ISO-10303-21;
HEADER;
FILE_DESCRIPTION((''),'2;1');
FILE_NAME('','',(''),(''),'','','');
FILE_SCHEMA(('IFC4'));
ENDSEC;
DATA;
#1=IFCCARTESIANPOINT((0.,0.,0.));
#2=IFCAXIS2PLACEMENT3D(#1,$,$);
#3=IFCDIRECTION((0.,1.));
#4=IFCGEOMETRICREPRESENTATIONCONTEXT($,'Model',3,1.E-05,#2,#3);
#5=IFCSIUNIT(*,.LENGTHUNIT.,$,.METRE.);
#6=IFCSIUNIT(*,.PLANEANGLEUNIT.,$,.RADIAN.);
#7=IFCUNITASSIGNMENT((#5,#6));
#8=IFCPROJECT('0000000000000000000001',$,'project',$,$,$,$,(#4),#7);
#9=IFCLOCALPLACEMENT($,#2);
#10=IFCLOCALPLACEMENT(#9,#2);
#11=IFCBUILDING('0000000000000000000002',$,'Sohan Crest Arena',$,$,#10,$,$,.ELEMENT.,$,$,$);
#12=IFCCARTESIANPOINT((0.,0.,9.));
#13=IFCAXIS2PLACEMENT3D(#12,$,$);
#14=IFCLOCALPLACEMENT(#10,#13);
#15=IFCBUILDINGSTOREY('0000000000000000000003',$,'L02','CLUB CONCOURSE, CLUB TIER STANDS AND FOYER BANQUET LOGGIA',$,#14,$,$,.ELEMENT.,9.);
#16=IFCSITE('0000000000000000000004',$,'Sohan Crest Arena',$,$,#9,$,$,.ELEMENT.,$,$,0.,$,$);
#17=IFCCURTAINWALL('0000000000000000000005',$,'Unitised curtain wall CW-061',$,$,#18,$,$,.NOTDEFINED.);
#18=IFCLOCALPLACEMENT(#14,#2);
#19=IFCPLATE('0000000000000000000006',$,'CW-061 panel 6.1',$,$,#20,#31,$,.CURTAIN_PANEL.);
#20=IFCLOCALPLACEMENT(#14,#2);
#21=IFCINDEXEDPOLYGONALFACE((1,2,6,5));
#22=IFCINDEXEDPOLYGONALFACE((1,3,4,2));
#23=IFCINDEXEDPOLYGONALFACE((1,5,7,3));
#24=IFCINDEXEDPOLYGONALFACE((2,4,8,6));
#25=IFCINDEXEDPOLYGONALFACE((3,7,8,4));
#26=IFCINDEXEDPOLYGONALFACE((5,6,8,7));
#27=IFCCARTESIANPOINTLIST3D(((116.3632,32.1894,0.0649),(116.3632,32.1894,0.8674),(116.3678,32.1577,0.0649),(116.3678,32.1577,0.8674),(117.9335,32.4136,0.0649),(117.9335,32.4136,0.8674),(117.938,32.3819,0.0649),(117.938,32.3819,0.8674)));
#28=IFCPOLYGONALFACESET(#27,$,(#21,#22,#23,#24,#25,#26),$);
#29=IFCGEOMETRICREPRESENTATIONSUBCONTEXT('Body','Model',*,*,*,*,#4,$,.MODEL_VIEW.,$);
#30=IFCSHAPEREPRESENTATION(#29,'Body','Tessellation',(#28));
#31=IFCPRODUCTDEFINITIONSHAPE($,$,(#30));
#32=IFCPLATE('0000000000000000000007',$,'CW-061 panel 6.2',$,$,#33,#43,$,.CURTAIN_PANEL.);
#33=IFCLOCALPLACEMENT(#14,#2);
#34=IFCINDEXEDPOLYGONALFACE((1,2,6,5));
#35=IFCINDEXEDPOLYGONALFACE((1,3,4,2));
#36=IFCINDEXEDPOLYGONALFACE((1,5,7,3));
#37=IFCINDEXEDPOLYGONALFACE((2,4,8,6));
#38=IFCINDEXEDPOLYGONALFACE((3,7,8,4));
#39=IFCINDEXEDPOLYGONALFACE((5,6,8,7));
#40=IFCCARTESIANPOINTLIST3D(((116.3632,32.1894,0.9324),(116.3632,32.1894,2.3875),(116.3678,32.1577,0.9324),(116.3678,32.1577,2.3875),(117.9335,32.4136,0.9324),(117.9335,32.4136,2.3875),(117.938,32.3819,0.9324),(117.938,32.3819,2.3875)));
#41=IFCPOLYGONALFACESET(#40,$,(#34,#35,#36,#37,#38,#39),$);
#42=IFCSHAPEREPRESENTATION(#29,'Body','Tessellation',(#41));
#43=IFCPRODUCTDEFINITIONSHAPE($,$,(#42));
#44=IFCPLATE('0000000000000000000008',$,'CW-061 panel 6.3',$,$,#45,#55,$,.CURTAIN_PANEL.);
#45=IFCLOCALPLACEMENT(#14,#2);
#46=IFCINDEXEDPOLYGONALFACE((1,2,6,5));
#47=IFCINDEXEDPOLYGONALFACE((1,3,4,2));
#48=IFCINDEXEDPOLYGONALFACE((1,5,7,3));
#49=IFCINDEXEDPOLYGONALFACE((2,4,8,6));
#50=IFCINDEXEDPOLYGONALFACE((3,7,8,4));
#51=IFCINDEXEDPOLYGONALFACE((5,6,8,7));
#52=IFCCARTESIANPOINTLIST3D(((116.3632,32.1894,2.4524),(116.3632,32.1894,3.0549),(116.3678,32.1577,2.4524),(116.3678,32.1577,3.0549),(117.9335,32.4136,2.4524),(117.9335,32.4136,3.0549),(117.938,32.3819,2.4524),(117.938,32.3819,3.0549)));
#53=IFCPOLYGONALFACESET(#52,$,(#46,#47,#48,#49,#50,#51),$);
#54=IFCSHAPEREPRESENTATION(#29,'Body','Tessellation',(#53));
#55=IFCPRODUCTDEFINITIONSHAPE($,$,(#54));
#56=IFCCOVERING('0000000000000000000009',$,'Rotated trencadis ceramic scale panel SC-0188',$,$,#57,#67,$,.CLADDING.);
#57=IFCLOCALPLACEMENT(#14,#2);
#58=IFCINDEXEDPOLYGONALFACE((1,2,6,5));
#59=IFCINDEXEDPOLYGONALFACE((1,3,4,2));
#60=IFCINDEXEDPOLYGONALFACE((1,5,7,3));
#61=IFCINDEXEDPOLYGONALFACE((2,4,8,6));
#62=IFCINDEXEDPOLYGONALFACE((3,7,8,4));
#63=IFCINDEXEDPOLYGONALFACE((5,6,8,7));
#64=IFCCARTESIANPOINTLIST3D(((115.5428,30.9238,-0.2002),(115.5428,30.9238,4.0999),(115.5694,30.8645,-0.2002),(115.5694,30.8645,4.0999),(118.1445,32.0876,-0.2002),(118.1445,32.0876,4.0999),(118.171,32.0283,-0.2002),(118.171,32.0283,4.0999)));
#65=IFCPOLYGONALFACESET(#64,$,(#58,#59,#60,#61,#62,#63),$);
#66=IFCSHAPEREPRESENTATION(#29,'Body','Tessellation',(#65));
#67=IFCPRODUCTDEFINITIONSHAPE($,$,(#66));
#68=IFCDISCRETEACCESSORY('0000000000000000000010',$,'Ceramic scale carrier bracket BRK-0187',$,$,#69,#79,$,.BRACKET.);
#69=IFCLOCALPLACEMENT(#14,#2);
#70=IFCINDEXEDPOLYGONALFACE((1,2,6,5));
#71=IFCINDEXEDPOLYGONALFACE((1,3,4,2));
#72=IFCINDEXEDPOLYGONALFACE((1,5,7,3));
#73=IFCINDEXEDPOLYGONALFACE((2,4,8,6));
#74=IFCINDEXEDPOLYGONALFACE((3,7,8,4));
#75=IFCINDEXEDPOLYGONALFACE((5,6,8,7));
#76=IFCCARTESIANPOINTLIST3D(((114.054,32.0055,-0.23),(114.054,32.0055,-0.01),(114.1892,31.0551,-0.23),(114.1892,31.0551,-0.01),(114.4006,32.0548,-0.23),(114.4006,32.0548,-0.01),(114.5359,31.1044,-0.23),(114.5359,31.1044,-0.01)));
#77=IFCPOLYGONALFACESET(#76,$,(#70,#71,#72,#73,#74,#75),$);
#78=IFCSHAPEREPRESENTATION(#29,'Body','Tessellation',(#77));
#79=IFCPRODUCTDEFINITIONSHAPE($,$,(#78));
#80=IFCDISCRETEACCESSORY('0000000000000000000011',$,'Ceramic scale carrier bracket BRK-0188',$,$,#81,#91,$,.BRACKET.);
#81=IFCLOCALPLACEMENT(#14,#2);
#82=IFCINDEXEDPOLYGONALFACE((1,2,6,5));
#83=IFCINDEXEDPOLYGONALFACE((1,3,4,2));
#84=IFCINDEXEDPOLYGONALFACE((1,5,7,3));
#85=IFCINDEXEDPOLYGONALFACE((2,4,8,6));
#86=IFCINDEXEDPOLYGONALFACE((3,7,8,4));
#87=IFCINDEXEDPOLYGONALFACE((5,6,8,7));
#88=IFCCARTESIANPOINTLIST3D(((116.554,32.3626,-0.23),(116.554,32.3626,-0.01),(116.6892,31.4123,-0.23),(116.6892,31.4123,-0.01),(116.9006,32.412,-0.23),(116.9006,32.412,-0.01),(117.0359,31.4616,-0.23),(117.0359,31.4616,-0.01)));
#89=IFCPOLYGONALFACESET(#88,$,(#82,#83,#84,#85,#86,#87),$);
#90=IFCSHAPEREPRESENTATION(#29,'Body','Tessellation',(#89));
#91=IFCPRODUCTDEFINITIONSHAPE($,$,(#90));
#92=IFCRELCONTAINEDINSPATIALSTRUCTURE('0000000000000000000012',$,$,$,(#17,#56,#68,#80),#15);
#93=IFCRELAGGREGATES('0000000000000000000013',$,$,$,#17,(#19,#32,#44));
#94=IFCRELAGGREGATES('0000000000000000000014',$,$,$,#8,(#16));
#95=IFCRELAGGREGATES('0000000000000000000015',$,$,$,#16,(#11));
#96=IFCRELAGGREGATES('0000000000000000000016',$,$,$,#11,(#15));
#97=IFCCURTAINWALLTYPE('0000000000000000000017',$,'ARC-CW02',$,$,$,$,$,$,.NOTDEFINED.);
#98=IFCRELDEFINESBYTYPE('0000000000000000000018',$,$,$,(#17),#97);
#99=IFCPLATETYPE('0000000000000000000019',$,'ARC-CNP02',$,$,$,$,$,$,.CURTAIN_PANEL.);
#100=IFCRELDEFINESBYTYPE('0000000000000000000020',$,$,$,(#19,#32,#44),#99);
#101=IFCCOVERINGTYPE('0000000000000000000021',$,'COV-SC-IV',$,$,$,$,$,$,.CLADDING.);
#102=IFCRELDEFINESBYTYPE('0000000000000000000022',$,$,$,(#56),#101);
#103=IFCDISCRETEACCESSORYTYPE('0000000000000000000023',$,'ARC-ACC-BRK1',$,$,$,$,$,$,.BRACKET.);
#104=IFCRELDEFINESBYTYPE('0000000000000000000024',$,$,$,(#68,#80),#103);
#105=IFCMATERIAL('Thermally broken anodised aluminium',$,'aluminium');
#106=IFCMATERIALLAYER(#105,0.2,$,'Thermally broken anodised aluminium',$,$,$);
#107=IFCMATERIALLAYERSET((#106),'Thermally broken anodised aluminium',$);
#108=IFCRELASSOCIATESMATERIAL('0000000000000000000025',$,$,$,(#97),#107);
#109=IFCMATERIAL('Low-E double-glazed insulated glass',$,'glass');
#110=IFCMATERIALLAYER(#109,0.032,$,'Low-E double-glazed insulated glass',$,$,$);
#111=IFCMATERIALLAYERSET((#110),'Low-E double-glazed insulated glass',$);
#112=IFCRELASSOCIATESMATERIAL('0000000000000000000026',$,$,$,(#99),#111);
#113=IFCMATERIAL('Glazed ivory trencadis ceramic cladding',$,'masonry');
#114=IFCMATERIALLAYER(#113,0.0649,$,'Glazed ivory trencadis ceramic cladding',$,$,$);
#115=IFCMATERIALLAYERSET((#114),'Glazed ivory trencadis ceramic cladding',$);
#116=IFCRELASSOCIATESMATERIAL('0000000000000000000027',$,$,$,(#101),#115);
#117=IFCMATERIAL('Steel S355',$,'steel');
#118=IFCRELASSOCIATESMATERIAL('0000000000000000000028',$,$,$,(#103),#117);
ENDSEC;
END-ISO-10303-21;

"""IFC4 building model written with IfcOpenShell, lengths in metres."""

from ifc_helpers import new_model, si_unit, direction, frame, origin, origin_2d, place, context, subcontext, project, spatial, rectangle, extrude, material, layer, layer_set, type_object, element, aggregate, save


model = new_model("IFC4")

# Units and contexts
model_context = context("Model", 3, precision=1e-05, world=origin(), true_north=direction((0.0, 1.0)))
body_context = subcontext(model_context, "Body", "Model", "MODEL_VIEW")
ifc_project = project(units=[si_unit("LENGTHUNIT", "METRE"), si_unit("PLANEANGLEUNIT", "RADIAN")], contexts=[model_context])

# Site, building, storey
site_placement = place(None, origin())
site = spatial("IfcSite", under=ifc_project, at=site_placement, Name="Sohan Crest Arena", CompositionType="ELEMENT", RefElevation=0.0)
building_placement = place(site_placement, origin())
building = spatial("IfcBuilding", under=site, at=building_placement, Name="Sohan Crest Arena", CompositionType="ELEMENT")
storey_placement = place(building_placement, frame((0.0, 0.0, 9.0)))
storey = spatial("IfcBuildingStorey", under=building, at=storey_placement, Name="L02", Description="CLUB CONCOURSE, CLUB TIER STANDS AND FOYER BANQUET LOGGIA", CompositionType="ELEMENT", Elevation=9.0)

# Curtain wall, plates
ifc_material_1 = material(Name="Thermally broken anodised aluminium", Category="aluminium")
ifc_layer_1 = layer(ifc_material_1, 0.2, Name="Thermally broken anodised aluminium")
ifc_layer_set_1 = layer_set([ifc_layer_1], Name="Thermally broken anodised aluminium")
curtain_wall_type = type_object("IfcCurtainWallType", Name="ARC-CW02", PredefinedType="NOTDEFINED", material=ifc_layer_set_1)
curtain_wall_placement = place(storey_placement, origin())
curtain_wall = element("IfcCurtainWall", 1, at=curtain_wall_placement, inside=storey, type_object=curtain_wall_type, Name="Unitised curtain wall CW-061", PredefinedType="NOTDEFINED")
ifc_material_2 = material(Name="Low-E double-glazed insulated glass", Category="glass")
ifc_layer_2 = layer(ifc_material_2, 0.032, Name="Low-E double-glazed insulated glass")
ifc_layer_set_2 = layer_set([ifc_layer_2], Name="Low-E double-glazed insulated glass")
plate_type = type_object("IfcPlateType", Name="ARC-CNP02", PredefinedType="CURTAIN_PANEL", material=ifc_layer_set_2)
plate_1_placement = place(storey_placement, frame((117.1506, 32.2856, 0.0649), z_axis=(0.0, 0.0, 1.0), x_axis=(0.989957, 0.141366, 0.0)))
plate_1 = element("IfcPlate", 2, at=plate_1_placement, type_object=plate_type, Name="CW-061 panel 6.1", PredefinedType="CURTAIN_PANEL", context=body_context, shape_type="SweptSolid", body=[
    extrude(rectangle(XDim=1.5862, YDim=0.032, at=origin_2d()), origin(), (0.0, 0.0, 1.0), 0.8025),
])
plate_2_placement = place(storey_placement, frame((117.1506, 32.2856, 0.9324), z_axis=(0.0, 0.0, 1.0), x_axis=(0.989957, 0.141366, 0.0)))
plate_2 = element("IfcPlate", 3, at=plate_2_placement, type_object=plate_type, Name="CW-061 panel 6.2", PredefinedType="CURTAIN_PANEL", context=body_context, shape_type="SweptSolid", body=[
    extrude(rectangle(XDim=1.5862, YDim=0.032, at=origin_2d()), origin(), (0.0, 0.0, 1.0), 1.4551),
])
plate_3_placement = place(storey_placement, frame((117.1506, 32.2856, 2.4524), z_axis=(0.0, 0.0, 1.0), x_axis=(0.989957, 0.141366, 0.0)))
plate_3 = element("IfcPlate", 4, at=plate_3_placement, type_object=plate_type, Name="CW-061 panel 6.3", PredefinedType="CURTAIN_PANEL", context=body_context, shape_type="SweptSolid", body=[
    extrude(rectangle(XDim=1.5862, YDim=0.032, at=origin_2d()), origin(), (0.0, 0.0, 1.0), 0.6025),
])
aggregate(curtain_wall, [plate_1, plate_2, plate_3])

# Covering
ifc_material_3 = material(Name="Glazed ivory trencadis ceramic cladding", Category="masonry")
ifc_layer_3 = layer(ifc_material_3, 0.0649, Name="Glazed ivory trencadis ceramic cladding")
ifc_layer_set_3 = layer_set([ifc_layer_3], Name="Glazed ivory trencadis ceramic cladding")
covering_type = type_object("IfcCoveringType", Name="COV-SC-IV", PredefinedType="CLADDING", material=ifc_layer_set_3)
covering_placement = place(storey_placement, frame((116.8569, 31.4761, -0.2002), z_axis=(0.0, 0.0, 1.0), x_axis=(0.912834, 0.40833, 0.0)))
element("IfcCovering", 5, at=covering_placement, inside=storey, type_object=covering_type, Name="Rotated trencadis ceramic scale panel SC-0188", PredefinedType="CLADDING", context=body_context, shape_type="SweptSolid", body=[
    extrude(rectangle(XDim=2.8501, YDim=0.0649, at=origin_2d()), origin(), (0.0, 0.0, 1.0), 4.3),
])

# Discrete accessories
ifc_material_4 = material(Name="Steel S355", Category="steel")
discrete_accessory_type = type_object("IfcDiscreteAccessoryType", Name="ARC-ACC-BRK1", PredefinedType="BRACKET", material=ifc_material_4)
for number, where, z_axis, x_axis, name in (
    (6, (114.2949, 31.5549, -0.23), (0.0, 0.0, 1.0), (0.990024, 0.140901, 0.0), "Ceramic scale carrier bracket BRK-0187"),
    (7, (116.7949, 31.9121, -0.23), (0.0, 0.0, 1.0), (0.990024, 0.140901, 0.0), "Ceramic scale carrier bracket BRK-0188"),
):
    element("IfcDiscreteAccessory", number, at=place(storey_placement, frame(where, z_axis=z_axis, x_axis=x_axis)), inside=storey, type_object=discrete_accessory_type, Name=name, PredefinedType="BRACKET", context=body_context, shape_type="SweptSolid", body=[
        extrude(rectangle(XDim=0.3501, YDim=0.96, at=origin_2d()), origin(), (0.0, 0.0, 1.0), 0.22),
    ])

save(model, "model.ifc")
